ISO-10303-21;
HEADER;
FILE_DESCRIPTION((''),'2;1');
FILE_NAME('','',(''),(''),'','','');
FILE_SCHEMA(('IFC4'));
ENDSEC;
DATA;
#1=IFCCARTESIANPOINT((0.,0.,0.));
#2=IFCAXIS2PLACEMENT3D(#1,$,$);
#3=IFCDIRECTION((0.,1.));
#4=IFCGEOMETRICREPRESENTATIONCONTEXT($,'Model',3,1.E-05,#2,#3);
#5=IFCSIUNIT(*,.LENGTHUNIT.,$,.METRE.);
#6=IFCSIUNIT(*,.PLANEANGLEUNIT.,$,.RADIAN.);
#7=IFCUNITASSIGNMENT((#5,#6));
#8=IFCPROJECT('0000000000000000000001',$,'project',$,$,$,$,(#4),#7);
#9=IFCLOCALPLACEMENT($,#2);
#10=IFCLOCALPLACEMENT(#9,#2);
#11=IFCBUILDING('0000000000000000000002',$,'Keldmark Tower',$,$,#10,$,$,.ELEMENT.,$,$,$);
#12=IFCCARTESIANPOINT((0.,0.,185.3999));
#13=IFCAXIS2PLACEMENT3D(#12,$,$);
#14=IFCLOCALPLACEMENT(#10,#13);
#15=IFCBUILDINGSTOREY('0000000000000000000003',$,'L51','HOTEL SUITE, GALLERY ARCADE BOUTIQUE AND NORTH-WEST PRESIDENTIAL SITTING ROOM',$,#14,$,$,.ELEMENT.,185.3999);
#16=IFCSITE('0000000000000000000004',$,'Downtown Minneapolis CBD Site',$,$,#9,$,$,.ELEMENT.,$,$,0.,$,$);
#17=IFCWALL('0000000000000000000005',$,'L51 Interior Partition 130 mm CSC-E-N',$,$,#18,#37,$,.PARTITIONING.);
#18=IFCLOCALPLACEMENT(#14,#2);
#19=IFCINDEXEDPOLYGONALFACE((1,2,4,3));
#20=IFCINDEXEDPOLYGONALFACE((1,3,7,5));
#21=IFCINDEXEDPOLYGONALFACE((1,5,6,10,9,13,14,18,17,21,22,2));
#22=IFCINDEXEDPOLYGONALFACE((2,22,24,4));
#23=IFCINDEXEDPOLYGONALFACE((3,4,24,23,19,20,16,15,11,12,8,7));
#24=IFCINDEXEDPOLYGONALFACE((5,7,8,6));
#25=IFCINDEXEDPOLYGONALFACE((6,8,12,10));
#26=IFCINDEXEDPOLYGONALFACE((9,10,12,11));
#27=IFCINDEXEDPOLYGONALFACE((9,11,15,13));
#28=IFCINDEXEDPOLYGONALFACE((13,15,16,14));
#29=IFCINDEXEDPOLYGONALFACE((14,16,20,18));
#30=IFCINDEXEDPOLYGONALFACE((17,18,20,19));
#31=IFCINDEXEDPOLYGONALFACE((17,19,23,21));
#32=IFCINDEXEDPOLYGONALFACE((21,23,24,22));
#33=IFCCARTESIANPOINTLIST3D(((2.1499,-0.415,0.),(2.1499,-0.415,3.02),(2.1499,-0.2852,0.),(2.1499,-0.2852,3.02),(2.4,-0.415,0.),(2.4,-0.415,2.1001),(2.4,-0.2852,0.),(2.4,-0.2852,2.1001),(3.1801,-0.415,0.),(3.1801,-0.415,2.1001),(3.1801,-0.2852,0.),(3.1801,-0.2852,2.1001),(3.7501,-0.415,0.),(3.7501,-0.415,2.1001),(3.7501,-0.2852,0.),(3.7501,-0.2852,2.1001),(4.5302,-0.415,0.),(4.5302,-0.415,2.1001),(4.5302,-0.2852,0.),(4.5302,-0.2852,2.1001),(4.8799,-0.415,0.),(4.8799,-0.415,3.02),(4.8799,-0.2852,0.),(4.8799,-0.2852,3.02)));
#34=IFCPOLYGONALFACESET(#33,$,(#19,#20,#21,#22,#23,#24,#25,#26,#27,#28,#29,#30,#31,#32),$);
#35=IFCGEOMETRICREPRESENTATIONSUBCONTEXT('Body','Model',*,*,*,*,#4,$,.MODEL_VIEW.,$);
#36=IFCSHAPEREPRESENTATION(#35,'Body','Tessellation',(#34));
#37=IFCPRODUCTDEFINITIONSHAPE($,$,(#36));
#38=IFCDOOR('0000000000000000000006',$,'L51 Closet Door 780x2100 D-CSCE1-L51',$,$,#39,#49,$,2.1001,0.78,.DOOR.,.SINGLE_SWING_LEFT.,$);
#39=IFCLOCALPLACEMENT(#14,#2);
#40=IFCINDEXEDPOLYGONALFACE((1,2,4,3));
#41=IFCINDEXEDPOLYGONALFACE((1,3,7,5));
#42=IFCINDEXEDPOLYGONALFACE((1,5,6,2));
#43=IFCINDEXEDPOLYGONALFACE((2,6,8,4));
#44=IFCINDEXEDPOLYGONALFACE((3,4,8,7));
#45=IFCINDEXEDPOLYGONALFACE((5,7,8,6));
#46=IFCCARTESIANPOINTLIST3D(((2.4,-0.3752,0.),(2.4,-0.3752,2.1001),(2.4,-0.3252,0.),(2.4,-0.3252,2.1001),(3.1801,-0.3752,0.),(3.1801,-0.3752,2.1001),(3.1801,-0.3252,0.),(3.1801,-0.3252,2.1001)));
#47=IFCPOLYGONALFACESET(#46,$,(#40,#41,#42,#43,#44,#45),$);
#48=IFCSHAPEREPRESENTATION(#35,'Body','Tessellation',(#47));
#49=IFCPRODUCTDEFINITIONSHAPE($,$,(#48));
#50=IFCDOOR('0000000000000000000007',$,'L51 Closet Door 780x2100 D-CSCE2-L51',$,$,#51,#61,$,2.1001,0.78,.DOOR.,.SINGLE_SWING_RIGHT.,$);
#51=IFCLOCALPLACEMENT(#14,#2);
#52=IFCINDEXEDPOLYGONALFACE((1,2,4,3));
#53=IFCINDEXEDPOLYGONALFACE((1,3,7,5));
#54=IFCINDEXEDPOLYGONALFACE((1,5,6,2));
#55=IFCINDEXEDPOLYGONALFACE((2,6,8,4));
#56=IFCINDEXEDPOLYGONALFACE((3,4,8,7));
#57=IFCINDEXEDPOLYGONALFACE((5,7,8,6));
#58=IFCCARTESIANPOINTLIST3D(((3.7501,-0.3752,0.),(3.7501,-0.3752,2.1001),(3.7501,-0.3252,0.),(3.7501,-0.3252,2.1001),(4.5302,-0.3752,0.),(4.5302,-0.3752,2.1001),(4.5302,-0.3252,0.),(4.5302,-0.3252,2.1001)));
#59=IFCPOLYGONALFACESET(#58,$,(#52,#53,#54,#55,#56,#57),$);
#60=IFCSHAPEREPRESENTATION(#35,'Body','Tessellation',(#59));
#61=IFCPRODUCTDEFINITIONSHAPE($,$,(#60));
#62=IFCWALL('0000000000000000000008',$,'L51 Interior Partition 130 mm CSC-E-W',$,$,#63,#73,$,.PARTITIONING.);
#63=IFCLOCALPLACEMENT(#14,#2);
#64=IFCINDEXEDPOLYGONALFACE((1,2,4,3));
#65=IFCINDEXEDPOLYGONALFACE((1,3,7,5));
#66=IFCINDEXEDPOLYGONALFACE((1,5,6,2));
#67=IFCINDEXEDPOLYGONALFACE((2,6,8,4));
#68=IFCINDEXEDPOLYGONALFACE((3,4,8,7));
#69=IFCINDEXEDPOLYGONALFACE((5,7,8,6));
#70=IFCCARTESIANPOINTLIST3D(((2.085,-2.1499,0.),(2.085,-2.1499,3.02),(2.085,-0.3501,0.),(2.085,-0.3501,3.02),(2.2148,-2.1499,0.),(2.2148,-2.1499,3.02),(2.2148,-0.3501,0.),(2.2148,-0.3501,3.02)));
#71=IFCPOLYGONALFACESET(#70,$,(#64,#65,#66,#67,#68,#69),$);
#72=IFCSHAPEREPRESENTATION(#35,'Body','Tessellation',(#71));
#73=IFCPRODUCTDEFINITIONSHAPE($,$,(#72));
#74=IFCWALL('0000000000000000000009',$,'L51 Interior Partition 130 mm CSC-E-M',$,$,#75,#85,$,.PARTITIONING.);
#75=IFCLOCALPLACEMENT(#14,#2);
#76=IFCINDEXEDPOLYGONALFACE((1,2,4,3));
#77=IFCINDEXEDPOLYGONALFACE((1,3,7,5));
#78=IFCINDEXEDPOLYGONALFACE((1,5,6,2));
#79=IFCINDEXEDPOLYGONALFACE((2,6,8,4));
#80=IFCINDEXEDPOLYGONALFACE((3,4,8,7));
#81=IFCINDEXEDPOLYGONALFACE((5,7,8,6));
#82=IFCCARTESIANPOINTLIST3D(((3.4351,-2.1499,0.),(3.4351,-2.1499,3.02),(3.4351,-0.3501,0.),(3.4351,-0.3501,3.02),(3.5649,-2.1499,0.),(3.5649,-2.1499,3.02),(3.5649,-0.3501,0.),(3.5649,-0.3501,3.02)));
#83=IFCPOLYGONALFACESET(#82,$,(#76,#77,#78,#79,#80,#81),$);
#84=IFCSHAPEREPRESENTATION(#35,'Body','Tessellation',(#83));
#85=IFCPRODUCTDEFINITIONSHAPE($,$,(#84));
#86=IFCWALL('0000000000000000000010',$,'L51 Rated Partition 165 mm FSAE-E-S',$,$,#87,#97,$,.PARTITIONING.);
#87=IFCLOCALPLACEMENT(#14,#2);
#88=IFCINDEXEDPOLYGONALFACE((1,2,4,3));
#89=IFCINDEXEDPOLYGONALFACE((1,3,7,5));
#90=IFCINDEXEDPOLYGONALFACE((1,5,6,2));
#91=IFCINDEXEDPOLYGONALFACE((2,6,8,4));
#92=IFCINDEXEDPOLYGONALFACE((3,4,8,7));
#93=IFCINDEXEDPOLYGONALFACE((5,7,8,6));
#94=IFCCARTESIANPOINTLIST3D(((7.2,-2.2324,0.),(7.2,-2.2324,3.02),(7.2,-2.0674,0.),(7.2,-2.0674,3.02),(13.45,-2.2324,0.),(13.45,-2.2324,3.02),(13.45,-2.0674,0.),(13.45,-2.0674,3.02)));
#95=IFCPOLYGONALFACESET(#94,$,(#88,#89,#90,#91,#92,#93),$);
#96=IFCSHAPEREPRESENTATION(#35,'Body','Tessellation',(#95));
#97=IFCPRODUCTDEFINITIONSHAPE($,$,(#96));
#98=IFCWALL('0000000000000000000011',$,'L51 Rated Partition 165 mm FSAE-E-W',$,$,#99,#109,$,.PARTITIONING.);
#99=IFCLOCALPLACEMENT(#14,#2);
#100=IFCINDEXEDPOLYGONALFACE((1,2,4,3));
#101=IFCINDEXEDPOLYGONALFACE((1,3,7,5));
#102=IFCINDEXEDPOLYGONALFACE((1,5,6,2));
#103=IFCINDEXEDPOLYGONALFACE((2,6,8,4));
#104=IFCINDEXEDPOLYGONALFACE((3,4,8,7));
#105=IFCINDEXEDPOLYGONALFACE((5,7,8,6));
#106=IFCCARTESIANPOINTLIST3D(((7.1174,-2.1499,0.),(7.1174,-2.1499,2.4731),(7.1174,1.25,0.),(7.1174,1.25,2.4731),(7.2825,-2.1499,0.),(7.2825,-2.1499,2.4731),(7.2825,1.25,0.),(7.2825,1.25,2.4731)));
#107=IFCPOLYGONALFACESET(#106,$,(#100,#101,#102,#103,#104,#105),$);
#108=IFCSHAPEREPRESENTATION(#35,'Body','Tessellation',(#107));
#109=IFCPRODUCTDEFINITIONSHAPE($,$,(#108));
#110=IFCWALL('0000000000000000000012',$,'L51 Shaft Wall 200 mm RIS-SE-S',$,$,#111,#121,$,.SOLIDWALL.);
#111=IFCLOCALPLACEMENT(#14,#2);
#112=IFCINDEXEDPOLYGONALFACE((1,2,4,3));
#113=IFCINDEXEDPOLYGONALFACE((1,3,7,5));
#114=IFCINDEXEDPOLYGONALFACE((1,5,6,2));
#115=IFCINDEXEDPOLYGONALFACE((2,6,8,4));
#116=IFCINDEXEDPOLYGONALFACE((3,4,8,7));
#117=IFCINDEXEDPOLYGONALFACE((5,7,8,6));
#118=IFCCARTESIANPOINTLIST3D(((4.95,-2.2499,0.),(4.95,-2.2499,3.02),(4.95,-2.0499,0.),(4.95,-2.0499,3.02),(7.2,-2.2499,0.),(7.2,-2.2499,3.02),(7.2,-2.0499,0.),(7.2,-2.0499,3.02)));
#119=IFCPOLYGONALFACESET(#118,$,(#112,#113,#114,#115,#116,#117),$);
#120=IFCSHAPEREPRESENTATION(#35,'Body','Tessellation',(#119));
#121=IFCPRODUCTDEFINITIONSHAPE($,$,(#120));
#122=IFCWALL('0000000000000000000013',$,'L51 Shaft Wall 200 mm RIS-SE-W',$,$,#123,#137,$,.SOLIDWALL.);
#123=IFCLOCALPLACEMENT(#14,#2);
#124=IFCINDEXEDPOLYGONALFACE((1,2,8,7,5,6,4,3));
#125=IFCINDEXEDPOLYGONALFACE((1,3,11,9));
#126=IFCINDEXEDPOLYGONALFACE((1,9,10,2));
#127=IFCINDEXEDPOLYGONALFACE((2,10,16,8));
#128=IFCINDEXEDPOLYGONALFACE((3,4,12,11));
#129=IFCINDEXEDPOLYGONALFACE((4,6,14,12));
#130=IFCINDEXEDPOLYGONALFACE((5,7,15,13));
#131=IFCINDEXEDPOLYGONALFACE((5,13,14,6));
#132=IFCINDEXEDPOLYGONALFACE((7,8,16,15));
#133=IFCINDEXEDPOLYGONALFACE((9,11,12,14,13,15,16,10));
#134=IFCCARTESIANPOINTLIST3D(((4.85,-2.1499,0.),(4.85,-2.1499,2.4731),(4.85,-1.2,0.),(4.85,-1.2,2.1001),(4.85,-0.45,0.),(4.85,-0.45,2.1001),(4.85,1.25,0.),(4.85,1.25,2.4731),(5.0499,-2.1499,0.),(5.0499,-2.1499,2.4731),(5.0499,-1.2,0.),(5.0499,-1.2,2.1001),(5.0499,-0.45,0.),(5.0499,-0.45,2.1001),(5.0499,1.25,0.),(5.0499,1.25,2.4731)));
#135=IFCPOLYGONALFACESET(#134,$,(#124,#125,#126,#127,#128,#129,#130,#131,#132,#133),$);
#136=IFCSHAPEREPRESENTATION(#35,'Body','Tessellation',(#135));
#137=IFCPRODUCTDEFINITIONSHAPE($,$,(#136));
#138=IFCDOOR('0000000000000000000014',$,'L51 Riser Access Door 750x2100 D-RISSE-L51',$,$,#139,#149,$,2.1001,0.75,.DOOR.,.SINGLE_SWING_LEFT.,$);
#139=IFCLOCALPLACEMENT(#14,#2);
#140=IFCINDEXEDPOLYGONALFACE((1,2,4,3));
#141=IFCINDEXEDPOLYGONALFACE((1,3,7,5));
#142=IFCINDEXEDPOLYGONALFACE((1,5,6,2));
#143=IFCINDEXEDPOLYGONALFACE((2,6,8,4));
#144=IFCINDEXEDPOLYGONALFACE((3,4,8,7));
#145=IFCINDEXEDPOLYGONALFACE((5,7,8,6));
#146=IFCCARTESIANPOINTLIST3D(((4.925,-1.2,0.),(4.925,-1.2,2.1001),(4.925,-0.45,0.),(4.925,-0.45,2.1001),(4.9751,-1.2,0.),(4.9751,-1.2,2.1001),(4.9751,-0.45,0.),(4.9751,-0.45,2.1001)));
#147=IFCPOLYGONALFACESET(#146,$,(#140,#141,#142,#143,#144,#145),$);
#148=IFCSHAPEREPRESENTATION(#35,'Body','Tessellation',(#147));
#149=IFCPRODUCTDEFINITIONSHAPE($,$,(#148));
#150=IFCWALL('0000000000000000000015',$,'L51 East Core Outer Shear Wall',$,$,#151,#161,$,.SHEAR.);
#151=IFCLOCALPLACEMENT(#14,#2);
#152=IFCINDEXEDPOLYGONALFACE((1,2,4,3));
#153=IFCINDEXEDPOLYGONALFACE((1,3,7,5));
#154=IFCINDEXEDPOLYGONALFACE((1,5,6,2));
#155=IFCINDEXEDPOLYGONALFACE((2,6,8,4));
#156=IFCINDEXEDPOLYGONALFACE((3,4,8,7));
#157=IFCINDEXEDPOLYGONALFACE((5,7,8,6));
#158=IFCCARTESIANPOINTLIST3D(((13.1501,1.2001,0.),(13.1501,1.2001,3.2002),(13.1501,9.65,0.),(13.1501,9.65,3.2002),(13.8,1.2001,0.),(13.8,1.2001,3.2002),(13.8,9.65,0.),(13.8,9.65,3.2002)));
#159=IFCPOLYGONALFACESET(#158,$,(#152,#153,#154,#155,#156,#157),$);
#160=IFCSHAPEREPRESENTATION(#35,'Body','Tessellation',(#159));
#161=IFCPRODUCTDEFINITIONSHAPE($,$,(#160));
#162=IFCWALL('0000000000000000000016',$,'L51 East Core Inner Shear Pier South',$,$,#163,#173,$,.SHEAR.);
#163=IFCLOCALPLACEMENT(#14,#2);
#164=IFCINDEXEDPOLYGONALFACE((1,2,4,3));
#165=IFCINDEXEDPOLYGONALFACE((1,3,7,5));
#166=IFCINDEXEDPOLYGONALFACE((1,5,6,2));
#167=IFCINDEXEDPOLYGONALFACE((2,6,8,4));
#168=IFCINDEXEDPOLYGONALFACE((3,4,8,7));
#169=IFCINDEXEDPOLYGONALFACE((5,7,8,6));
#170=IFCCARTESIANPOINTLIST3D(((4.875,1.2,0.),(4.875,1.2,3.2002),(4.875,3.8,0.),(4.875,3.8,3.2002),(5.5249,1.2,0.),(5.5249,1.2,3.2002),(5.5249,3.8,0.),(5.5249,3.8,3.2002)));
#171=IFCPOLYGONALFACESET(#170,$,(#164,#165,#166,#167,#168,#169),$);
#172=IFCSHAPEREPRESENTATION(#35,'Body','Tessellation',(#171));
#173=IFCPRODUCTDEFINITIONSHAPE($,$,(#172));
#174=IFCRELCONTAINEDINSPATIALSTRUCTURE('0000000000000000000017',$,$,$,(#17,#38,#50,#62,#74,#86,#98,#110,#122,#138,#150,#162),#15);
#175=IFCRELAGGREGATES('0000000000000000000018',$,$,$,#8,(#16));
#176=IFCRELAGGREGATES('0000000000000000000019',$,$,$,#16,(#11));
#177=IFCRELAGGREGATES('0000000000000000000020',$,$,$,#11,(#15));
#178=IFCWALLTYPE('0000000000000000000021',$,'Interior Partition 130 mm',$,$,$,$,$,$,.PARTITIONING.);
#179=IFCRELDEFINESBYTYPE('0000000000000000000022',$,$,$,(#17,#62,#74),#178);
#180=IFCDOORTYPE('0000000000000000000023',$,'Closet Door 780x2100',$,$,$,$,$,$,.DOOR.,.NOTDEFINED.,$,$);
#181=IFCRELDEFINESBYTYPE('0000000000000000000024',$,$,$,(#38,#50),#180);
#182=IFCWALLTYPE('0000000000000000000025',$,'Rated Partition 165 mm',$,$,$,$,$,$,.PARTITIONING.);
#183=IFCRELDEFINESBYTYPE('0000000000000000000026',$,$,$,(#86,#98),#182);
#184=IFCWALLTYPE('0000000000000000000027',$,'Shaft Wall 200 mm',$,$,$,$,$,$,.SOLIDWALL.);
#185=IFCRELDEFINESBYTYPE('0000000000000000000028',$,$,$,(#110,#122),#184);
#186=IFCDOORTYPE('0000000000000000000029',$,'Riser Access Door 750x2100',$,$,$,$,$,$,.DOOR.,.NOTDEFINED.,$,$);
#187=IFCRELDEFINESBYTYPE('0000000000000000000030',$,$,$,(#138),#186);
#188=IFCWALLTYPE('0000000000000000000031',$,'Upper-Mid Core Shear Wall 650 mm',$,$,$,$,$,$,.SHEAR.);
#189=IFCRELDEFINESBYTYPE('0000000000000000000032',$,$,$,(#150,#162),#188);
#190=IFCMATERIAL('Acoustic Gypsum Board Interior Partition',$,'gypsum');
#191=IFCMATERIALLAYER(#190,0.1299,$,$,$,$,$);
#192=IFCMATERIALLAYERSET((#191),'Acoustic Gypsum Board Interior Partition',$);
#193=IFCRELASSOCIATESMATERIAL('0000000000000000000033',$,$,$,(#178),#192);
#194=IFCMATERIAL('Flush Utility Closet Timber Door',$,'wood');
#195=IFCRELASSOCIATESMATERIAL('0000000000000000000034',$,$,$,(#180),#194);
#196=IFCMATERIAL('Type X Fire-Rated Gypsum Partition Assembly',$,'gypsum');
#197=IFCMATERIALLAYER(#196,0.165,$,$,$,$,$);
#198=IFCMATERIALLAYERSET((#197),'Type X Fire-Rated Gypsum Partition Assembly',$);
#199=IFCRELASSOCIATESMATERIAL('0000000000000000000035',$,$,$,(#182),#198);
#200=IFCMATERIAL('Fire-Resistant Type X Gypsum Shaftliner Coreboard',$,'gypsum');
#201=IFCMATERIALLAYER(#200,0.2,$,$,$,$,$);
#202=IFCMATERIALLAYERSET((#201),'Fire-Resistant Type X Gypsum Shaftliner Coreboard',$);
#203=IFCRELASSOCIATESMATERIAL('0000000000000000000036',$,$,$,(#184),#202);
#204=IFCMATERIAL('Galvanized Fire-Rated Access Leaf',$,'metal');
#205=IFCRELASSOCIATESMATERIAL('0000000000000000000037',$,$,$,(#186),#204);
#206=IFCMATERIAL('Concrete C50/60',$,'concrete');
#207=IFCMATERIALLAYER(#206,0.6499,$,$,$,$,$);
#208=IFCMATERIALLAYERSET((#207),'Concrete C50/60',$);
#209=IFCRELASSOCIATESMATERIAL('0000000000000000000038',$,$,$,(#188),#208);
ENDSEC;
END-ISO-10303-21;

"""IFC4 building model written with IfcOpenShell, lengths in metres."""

from ifc_helpers import new_model, si_unit, direction, frame, frame_2d, origin, place, context, subcontext, project, spatial, rectangle, extrude, material, layer, layer_set, type_object, element, fill, save


model = new_model("IFC4")

# Units and contexts
model_context = context("Model", 3, precision=1e-05, world=origin(), true_north=direction((0.0, 1.0)))
body_context = subcontext(model_context, "Body", "Model", "MODEL_VIEW")
ifc_project = project(units=[si_unit("LENGTHUNIT", "METRE"), si_unit("PLANEANGLEUNIT", "RADIAN")], contexts=[model_context])

# Site, building, storey
site_placement = place(None, origin())
site = spatial("IfcSite", under=ifc_project, at=site_placement, Name="Downtown Minneapolis CBD Site", CompositionType="ELEMENT", RefElevation=0.0)
building_placement = place(site_placement, origin())
building = spatial("IfcBuilding", under=site, at=building_placement, Name="Keldmark Tower", CompositionType="ELEMENT")
storey_placement = place(building_placement, frame((0.0, 0.0, 185.3999)))
storey = spatial("IfcBuildingStorey", under=building, at=storey_placement, Name="L51", Description="HOTEL SUITE, GALLERY ARCADE BOUTIQUE AND NORTH-WEST PRESIDENTIAL SITTING ROOM", CompositionType="ELEMENT", Elevation=185.3999)

# Wall, openings, doors
ifc_material_1 = material(Name="Acoustic Gypsum Board Interior Partition", Category="gypsum")
ifc_layer_1 = layer(ifc_material_1, 0.1299)
ifc_layer_set_1 = layer_set([ifc_layer_1], Name="Acoustic Gypsum Board Interior Partition")
wall_type_1 = type_object("IfcWallType", Name="Interior Partition 130 mm", PredefinedType="PARTITIONING", material=ifc_layer_set_1)
wall_1_placement = place(storey_placement, frame((2.1499, -0.3501, 0.0), z_axis=(0.0, 0.0, 1.0), x_axis=(1.0, 0.0, 0.0)))
wall_1 = element("IfcWall", 1, at=wall_1_placement, inside=storey, type_object=wall_type_1, Name="L51 Interior Partition 130 mm CSC-E-N", PredefinedType="PARTITIONING", context=body_context, shape_type="SweptSolid", body=[
    extrude(rectangle(XDim=2.73, YDim=0.1299, at=frame_2d((1.365, 0.0))), origin(), (0.0, 0.0, 1.0), 3.02),
])
opening_1_placement = place(wall_1_placement, frame((0.25, 0.0, 0.0)))
opening_1 = element("IfcOpeningElement", 2, at=opening_1_placement, cuts=wall_1, PredefinedType="OPENING", context=body_context, shape_type="SweptSolid", body=[
    extrude(rectangle(XDim=0.78, YDim=2.1001, at=frame_2d((0.3901, 1.05))), frame((0.0, 0.075, 0.0), z_axis=(0.0, -1.0, 0.0), x_axis=(1.0, 0.0, 0.0)), (0.0, 0.0, 1.0), 0.1499),
])
opening_2_placement = place(wall_1_placement, frame((1.6001, 0.0, 0.0)))
opening_2 = element("IfcOpeningElement", 3, at=opening_2_placement, cuts=wall_1, PredefinedType="OPENING", context=body_context, shape_type="SweptSolid", body=[
    extrude(rectangle(XDim=0.78, YDim=2.1001, at=frame_2d((0.3901, 1.05))), frame((0.0, 0.075, 0.0), z_axis=(0.0, -1.0, 0.0), x_axis=(1.0, 0.0, 0.0)), (0.0, 0.0, 1.0), 0.1499),
])
ifc_material_2 = material(Name="Flush Utility Closet Timber Door", Category="wood")
door_type_1 = type_object("IfcDoorType", Name="Closet Door 780x2100", OperationType="NOTDEFINED", PredefinedType="DOOR", material=ifc_material_2)
door_1_placement = place(opening_1_placement, origin())
door_1 = element("IfcDoor", 4, at=door_1_placement, inside=storey, type_object=door_type_1, Name="L51 Closet Door 780x2100 D-CSCE1-L51", OperationType="SINGLE_SWING_LEFT", OverallHeight=2.1001, OverallWidth=0.78, PredefinedType="DOOR", context=body_context, shape_type="SweptSolid", body=[
    extrude(rectangle(XDim=0.78, YDim=2.1001, at=frame_2d((0.3901, 1.05))), frame((0.0, 0.0249, 0.0), z_axis=(0.0, -1.0, 0.0), x_axis=(1.0, 0.0, 0.0)), (0.0, 0.0, 1.0), 0.05),
])
fill(opening_1, door_1)
door_2_placement = place(opening_2_placement, origin())
door_2 = element("IfcDoor", 5, at=door_2_placement, inside=storey, type_object=door_type_1, Name="L51 Closet Door 780x2100 D-CSCE2-L51", OperationType="SINGLE_SWING_RIGHT", OverallHeight=2.1001, OverallWidth=0.78, PredefinedType="DOOR", context=body_context, shape_type="SweptSolid", body=[
    extrude(rectangle(XDim=0.78, YDim=2.1001, at=frame_2d((0.3901, 1.05))), frame((0.0, 0.0249, 0.0), z_axis=(0.0, -1.0, 0.0), x_axis=(1.0, 0.0, 0.0)), (0.0, 0.0, 1.0), 0.05),
])
fill(opening_2, door_2)

# Walls
for number, where, z_axis, x_axis, name in (
    (6, (2.1499, -2.1499, 0.0), (0.0, 0.0, 1.0), (0.0, 1.0, 0.0), "L51 Interior Partition 130 mm CSC-E-W"),
    (7, (3.5, -2.1499, 0.0), (0.0, 0.0, 1.0), (0.0, 1.0, 0.0), "L51 Interior Partition 130 mm CSC-E-M"),
):
    element("IfcWall", number, at=place(storey_placement, frame(where, z_axis=z_axis, x_axis=x_axis)), inside=storey, type_object=wall_type_1, Name=name, PredefinedType="PARTITIONING", context=body_context, shape_type="SweptSolid", body=[
        extrude(rectangle(XDim=1.7998, YDim=0.1299, at=frame_2d((0.8999, 0.0))), origin(), (0.0, 0.0, 1.0), 3.02),
    ])
ifc_material_3 = material(Name="Type X Fire-Rated Gypsum Partition Assembly", Category="gypsum")
ifc_layer_2 = layer(ifc_material_3, 0.165)
ifc_layer_set_2 = layer_set([ifc_layer_2], Name="Type X Fire-Rated Gypsum Partition Assembly")
wall_type_2 = type_object("IfcWallType", Name="Rated Partition 165 mm", PredefinedType="PARTITIONING", material=ifc_layer_set_2)
wall_2_placement = place(storey_placement, frame((7.2, -2.1499, 0.0), z_axis=(0.0, 0.0, 1.0), x_axis=(1.0, 0.0, 0.0)))
element("IfcWall", 8, at=wall_2_placement, inside=storey, type_object=wall_type_2, Name="L51 Rated Partition 165 mm FSAE-E-S", PredefinedType="PARTITIONING", context=body_context, shape_type="SweptSolid", body=[
    extrude(rectangle(XDim=6.25, YDim=0.165, at=frame_2d((3.125, 0.0))), origin(), (0.0, 0.0, 1.0), 3.02),
])
wall_3_placement = place(storey_placement, frame((7.2, -2.1499, 0.0), z_axis=(0.0, 0.0, 1.0), x_axis=(0.0, 1.0, 0.0)))
element("IfcWall", 9, at=wall_3_placement, inside=storey, type_object=wall_type_2, Name="L51 Rated Partition 165 mm FSAE-E-W", PredefinedType="PARTITIONING", context=body_context, shape_type="SweptSolid", body=[
    extrude(rectangle(XDim=3.3999, YDim=0.165, at=frame_2d((1.7, 0.0))), origin(), (0.0, 0.0, 1.0), 2.4731),
])

# Wall
ifc_material_4 = material(Name="Fire-Resistant Type X Gypsum Shaftliner Coreboard", Category="gypsum")
ifc_layer_3 = layer(ifc_material_4, 0.2)
ifc_layer_set_3 = layer_set([ifc_layer_3], Name="Fire-Resistant Type X Gypsum Shaftliner Coreboard")
wall_type_3 = type_object("IfcWallType", Name="Shaft Wall 200 mm", PredefinedType="SOLIDWALL", material=ifc_layer_set_3)
wall_4_placement = place(storey_placement, frame((4.95, -2.1499, 0.0), z_axis=(0.0, 0.0, 1.0), x_axis=(1.0, 0.0, 0.0)))
element("IfcWall", 10, at=wall_4_placement, inside=storey, type_object=wall_type_3, Name="L51 Shaft Wall 200 mm RIS-SE-S", PredefinedType="SOLIDWALL", context=body_context, shape_type="SweptSolid", body=[
    extrude(rectangle(XDim=2.25, YDim=0.2, at=frame_2d((1.125, 0.0))), origin(), (0.0, 0.0, 1.0), 3.02),
])

# Wall, opening, door
wall_5_placement = place(storey_placement, frame((4.95, -2.1499, 0.0), z_axis=(0.0, 0.0, 1.0), x_axis=(0.0, 1.0, 0.0)))
wall_5 = element("IfcWall", 11, at=wall_5_placement, inside=storey, type_object=wall_type_3, Name="L51 Shaft Wall 200 mm RIS-SE-W", PredefinedType="SOLIDWALL", context=body_context, shape_type="SweptSolid", body=[
    extrude(rectangle(XDim=3.3999, YDim=0.2, at=frame_2d((1.7, 0.0))), origin(), (0.0, 0.0, 1.0), 2.4731),
])
opening_3_placement = place(wall_5_placement, frame((0.95, 0.0, 0.0)))
opening_3 = element("IfcOpeningElement", 12, at=opening_3_placement, cuts=wall_5, PredefinedType="OPENING", context=body_context, shape_type="SweptSolid", body=[
    extrude(rectangle(XDim=0.75, YDim=2.1001, at=frame_2d((0.375, 1.05))), frame((0.0, 0.1099, 0.0), z_axis=(0.0, -1.0, 0.0), x_axis=(1.0, 0.0, 0.0)), (0.0, 0.0, 1.0), 0.22),
])
ifc_material_5 = material(Name="Galvanized Fire-Rated Access Leaf", Category="metal")
door_type_2 = type_object("IfcDoorType", Name="Riser Access Door 750x2100", OperationType="NOTDEFINED", PredefinedType="DOOR", material=ifc_material_5)
door_3_placement = place(opening_3_placement, origin())
door_3 = element("IfcDoor", 13, at=door_3_placement, inside=storey, type_object=door_type_2, Name="L51 Riser Access Door 750x2100 D-RISSE-L51", OperationType="SINGLE_SWING_LEFT", OverallHeight=2.1001, OverallWidth=0.75, PredefinedType="DOOR", context=body_context, shape_type="SweptSolid", body=[
    extrude(rectangle(XDim=0.75, YDim=2.1001, at=frame_2d((0.375, 1.05))), frame((0.0, 0.0249, 0.0), z_axis=(0.0, -1.0, 0.0), x_axis=(1.0, 0.0, 0.0)), (0.0, 0.0, 1.0), 0.05),
])
fill(opening_3, door_3)

# Walls
ifc_material_6 = material(Name="Concrete C50/60", Category="concrete")
ifc_layer_4 = layer(ifc_material_6, 0.6499)
ifc_layer_set_4 = layer_set([ifc_layer_4], Name="Concrete C50/60")
wall_type_4 = type_object("IfcWallType", Name="Upper-Mid Core Shear Wall 650 mm", PredefinedType="SHEAR", material=ifc_layer_set_4)
wall_6_placement = place(storey_placement, frame((13.4751, 1.2, 0.0), z_axis=(0.0, 0.0, 1.0), x_axis=(0.0, 1.0, 0.0)))
element("IfcWall", 14, at=wall_6_placement, inside=storey, type_object=wall_type_4, Name="L51 East Core Outer Shear Wall", PredefinedType="SHEAR", context=body_context, shape_type="SweptSolid", body=[
    extrude(rectangle(XDim=8.45, YDim=0.6499, at=frame_2d((4.2251, 0.0))), origin(), (0.0, 0.0, 1.0), 3.2002),
])
wall_7_placement = place(storey_placement, frame((5.2, 1.2, 0.0), z_axis=(0.0, 0.0, 1.0), x_axis=(0.0, 1.0, 0.0)))
element("IfcWall", 15, at=wall_7_placement, inside=storey, type_object=wall_type_4, Name="L51 East Core Inner Shear Pier South", PredefinedType="SHEAR", context=body_context, shape_type="SweptSolid", body=[
    extrude(rectangle(XDim=2.6001, YDim=0.6499, at=frame_2d((1.3, 0.0))), origin(), (0.0, 0.0, 1.0), 3.2002),
])

save(model, "model.ifc")
